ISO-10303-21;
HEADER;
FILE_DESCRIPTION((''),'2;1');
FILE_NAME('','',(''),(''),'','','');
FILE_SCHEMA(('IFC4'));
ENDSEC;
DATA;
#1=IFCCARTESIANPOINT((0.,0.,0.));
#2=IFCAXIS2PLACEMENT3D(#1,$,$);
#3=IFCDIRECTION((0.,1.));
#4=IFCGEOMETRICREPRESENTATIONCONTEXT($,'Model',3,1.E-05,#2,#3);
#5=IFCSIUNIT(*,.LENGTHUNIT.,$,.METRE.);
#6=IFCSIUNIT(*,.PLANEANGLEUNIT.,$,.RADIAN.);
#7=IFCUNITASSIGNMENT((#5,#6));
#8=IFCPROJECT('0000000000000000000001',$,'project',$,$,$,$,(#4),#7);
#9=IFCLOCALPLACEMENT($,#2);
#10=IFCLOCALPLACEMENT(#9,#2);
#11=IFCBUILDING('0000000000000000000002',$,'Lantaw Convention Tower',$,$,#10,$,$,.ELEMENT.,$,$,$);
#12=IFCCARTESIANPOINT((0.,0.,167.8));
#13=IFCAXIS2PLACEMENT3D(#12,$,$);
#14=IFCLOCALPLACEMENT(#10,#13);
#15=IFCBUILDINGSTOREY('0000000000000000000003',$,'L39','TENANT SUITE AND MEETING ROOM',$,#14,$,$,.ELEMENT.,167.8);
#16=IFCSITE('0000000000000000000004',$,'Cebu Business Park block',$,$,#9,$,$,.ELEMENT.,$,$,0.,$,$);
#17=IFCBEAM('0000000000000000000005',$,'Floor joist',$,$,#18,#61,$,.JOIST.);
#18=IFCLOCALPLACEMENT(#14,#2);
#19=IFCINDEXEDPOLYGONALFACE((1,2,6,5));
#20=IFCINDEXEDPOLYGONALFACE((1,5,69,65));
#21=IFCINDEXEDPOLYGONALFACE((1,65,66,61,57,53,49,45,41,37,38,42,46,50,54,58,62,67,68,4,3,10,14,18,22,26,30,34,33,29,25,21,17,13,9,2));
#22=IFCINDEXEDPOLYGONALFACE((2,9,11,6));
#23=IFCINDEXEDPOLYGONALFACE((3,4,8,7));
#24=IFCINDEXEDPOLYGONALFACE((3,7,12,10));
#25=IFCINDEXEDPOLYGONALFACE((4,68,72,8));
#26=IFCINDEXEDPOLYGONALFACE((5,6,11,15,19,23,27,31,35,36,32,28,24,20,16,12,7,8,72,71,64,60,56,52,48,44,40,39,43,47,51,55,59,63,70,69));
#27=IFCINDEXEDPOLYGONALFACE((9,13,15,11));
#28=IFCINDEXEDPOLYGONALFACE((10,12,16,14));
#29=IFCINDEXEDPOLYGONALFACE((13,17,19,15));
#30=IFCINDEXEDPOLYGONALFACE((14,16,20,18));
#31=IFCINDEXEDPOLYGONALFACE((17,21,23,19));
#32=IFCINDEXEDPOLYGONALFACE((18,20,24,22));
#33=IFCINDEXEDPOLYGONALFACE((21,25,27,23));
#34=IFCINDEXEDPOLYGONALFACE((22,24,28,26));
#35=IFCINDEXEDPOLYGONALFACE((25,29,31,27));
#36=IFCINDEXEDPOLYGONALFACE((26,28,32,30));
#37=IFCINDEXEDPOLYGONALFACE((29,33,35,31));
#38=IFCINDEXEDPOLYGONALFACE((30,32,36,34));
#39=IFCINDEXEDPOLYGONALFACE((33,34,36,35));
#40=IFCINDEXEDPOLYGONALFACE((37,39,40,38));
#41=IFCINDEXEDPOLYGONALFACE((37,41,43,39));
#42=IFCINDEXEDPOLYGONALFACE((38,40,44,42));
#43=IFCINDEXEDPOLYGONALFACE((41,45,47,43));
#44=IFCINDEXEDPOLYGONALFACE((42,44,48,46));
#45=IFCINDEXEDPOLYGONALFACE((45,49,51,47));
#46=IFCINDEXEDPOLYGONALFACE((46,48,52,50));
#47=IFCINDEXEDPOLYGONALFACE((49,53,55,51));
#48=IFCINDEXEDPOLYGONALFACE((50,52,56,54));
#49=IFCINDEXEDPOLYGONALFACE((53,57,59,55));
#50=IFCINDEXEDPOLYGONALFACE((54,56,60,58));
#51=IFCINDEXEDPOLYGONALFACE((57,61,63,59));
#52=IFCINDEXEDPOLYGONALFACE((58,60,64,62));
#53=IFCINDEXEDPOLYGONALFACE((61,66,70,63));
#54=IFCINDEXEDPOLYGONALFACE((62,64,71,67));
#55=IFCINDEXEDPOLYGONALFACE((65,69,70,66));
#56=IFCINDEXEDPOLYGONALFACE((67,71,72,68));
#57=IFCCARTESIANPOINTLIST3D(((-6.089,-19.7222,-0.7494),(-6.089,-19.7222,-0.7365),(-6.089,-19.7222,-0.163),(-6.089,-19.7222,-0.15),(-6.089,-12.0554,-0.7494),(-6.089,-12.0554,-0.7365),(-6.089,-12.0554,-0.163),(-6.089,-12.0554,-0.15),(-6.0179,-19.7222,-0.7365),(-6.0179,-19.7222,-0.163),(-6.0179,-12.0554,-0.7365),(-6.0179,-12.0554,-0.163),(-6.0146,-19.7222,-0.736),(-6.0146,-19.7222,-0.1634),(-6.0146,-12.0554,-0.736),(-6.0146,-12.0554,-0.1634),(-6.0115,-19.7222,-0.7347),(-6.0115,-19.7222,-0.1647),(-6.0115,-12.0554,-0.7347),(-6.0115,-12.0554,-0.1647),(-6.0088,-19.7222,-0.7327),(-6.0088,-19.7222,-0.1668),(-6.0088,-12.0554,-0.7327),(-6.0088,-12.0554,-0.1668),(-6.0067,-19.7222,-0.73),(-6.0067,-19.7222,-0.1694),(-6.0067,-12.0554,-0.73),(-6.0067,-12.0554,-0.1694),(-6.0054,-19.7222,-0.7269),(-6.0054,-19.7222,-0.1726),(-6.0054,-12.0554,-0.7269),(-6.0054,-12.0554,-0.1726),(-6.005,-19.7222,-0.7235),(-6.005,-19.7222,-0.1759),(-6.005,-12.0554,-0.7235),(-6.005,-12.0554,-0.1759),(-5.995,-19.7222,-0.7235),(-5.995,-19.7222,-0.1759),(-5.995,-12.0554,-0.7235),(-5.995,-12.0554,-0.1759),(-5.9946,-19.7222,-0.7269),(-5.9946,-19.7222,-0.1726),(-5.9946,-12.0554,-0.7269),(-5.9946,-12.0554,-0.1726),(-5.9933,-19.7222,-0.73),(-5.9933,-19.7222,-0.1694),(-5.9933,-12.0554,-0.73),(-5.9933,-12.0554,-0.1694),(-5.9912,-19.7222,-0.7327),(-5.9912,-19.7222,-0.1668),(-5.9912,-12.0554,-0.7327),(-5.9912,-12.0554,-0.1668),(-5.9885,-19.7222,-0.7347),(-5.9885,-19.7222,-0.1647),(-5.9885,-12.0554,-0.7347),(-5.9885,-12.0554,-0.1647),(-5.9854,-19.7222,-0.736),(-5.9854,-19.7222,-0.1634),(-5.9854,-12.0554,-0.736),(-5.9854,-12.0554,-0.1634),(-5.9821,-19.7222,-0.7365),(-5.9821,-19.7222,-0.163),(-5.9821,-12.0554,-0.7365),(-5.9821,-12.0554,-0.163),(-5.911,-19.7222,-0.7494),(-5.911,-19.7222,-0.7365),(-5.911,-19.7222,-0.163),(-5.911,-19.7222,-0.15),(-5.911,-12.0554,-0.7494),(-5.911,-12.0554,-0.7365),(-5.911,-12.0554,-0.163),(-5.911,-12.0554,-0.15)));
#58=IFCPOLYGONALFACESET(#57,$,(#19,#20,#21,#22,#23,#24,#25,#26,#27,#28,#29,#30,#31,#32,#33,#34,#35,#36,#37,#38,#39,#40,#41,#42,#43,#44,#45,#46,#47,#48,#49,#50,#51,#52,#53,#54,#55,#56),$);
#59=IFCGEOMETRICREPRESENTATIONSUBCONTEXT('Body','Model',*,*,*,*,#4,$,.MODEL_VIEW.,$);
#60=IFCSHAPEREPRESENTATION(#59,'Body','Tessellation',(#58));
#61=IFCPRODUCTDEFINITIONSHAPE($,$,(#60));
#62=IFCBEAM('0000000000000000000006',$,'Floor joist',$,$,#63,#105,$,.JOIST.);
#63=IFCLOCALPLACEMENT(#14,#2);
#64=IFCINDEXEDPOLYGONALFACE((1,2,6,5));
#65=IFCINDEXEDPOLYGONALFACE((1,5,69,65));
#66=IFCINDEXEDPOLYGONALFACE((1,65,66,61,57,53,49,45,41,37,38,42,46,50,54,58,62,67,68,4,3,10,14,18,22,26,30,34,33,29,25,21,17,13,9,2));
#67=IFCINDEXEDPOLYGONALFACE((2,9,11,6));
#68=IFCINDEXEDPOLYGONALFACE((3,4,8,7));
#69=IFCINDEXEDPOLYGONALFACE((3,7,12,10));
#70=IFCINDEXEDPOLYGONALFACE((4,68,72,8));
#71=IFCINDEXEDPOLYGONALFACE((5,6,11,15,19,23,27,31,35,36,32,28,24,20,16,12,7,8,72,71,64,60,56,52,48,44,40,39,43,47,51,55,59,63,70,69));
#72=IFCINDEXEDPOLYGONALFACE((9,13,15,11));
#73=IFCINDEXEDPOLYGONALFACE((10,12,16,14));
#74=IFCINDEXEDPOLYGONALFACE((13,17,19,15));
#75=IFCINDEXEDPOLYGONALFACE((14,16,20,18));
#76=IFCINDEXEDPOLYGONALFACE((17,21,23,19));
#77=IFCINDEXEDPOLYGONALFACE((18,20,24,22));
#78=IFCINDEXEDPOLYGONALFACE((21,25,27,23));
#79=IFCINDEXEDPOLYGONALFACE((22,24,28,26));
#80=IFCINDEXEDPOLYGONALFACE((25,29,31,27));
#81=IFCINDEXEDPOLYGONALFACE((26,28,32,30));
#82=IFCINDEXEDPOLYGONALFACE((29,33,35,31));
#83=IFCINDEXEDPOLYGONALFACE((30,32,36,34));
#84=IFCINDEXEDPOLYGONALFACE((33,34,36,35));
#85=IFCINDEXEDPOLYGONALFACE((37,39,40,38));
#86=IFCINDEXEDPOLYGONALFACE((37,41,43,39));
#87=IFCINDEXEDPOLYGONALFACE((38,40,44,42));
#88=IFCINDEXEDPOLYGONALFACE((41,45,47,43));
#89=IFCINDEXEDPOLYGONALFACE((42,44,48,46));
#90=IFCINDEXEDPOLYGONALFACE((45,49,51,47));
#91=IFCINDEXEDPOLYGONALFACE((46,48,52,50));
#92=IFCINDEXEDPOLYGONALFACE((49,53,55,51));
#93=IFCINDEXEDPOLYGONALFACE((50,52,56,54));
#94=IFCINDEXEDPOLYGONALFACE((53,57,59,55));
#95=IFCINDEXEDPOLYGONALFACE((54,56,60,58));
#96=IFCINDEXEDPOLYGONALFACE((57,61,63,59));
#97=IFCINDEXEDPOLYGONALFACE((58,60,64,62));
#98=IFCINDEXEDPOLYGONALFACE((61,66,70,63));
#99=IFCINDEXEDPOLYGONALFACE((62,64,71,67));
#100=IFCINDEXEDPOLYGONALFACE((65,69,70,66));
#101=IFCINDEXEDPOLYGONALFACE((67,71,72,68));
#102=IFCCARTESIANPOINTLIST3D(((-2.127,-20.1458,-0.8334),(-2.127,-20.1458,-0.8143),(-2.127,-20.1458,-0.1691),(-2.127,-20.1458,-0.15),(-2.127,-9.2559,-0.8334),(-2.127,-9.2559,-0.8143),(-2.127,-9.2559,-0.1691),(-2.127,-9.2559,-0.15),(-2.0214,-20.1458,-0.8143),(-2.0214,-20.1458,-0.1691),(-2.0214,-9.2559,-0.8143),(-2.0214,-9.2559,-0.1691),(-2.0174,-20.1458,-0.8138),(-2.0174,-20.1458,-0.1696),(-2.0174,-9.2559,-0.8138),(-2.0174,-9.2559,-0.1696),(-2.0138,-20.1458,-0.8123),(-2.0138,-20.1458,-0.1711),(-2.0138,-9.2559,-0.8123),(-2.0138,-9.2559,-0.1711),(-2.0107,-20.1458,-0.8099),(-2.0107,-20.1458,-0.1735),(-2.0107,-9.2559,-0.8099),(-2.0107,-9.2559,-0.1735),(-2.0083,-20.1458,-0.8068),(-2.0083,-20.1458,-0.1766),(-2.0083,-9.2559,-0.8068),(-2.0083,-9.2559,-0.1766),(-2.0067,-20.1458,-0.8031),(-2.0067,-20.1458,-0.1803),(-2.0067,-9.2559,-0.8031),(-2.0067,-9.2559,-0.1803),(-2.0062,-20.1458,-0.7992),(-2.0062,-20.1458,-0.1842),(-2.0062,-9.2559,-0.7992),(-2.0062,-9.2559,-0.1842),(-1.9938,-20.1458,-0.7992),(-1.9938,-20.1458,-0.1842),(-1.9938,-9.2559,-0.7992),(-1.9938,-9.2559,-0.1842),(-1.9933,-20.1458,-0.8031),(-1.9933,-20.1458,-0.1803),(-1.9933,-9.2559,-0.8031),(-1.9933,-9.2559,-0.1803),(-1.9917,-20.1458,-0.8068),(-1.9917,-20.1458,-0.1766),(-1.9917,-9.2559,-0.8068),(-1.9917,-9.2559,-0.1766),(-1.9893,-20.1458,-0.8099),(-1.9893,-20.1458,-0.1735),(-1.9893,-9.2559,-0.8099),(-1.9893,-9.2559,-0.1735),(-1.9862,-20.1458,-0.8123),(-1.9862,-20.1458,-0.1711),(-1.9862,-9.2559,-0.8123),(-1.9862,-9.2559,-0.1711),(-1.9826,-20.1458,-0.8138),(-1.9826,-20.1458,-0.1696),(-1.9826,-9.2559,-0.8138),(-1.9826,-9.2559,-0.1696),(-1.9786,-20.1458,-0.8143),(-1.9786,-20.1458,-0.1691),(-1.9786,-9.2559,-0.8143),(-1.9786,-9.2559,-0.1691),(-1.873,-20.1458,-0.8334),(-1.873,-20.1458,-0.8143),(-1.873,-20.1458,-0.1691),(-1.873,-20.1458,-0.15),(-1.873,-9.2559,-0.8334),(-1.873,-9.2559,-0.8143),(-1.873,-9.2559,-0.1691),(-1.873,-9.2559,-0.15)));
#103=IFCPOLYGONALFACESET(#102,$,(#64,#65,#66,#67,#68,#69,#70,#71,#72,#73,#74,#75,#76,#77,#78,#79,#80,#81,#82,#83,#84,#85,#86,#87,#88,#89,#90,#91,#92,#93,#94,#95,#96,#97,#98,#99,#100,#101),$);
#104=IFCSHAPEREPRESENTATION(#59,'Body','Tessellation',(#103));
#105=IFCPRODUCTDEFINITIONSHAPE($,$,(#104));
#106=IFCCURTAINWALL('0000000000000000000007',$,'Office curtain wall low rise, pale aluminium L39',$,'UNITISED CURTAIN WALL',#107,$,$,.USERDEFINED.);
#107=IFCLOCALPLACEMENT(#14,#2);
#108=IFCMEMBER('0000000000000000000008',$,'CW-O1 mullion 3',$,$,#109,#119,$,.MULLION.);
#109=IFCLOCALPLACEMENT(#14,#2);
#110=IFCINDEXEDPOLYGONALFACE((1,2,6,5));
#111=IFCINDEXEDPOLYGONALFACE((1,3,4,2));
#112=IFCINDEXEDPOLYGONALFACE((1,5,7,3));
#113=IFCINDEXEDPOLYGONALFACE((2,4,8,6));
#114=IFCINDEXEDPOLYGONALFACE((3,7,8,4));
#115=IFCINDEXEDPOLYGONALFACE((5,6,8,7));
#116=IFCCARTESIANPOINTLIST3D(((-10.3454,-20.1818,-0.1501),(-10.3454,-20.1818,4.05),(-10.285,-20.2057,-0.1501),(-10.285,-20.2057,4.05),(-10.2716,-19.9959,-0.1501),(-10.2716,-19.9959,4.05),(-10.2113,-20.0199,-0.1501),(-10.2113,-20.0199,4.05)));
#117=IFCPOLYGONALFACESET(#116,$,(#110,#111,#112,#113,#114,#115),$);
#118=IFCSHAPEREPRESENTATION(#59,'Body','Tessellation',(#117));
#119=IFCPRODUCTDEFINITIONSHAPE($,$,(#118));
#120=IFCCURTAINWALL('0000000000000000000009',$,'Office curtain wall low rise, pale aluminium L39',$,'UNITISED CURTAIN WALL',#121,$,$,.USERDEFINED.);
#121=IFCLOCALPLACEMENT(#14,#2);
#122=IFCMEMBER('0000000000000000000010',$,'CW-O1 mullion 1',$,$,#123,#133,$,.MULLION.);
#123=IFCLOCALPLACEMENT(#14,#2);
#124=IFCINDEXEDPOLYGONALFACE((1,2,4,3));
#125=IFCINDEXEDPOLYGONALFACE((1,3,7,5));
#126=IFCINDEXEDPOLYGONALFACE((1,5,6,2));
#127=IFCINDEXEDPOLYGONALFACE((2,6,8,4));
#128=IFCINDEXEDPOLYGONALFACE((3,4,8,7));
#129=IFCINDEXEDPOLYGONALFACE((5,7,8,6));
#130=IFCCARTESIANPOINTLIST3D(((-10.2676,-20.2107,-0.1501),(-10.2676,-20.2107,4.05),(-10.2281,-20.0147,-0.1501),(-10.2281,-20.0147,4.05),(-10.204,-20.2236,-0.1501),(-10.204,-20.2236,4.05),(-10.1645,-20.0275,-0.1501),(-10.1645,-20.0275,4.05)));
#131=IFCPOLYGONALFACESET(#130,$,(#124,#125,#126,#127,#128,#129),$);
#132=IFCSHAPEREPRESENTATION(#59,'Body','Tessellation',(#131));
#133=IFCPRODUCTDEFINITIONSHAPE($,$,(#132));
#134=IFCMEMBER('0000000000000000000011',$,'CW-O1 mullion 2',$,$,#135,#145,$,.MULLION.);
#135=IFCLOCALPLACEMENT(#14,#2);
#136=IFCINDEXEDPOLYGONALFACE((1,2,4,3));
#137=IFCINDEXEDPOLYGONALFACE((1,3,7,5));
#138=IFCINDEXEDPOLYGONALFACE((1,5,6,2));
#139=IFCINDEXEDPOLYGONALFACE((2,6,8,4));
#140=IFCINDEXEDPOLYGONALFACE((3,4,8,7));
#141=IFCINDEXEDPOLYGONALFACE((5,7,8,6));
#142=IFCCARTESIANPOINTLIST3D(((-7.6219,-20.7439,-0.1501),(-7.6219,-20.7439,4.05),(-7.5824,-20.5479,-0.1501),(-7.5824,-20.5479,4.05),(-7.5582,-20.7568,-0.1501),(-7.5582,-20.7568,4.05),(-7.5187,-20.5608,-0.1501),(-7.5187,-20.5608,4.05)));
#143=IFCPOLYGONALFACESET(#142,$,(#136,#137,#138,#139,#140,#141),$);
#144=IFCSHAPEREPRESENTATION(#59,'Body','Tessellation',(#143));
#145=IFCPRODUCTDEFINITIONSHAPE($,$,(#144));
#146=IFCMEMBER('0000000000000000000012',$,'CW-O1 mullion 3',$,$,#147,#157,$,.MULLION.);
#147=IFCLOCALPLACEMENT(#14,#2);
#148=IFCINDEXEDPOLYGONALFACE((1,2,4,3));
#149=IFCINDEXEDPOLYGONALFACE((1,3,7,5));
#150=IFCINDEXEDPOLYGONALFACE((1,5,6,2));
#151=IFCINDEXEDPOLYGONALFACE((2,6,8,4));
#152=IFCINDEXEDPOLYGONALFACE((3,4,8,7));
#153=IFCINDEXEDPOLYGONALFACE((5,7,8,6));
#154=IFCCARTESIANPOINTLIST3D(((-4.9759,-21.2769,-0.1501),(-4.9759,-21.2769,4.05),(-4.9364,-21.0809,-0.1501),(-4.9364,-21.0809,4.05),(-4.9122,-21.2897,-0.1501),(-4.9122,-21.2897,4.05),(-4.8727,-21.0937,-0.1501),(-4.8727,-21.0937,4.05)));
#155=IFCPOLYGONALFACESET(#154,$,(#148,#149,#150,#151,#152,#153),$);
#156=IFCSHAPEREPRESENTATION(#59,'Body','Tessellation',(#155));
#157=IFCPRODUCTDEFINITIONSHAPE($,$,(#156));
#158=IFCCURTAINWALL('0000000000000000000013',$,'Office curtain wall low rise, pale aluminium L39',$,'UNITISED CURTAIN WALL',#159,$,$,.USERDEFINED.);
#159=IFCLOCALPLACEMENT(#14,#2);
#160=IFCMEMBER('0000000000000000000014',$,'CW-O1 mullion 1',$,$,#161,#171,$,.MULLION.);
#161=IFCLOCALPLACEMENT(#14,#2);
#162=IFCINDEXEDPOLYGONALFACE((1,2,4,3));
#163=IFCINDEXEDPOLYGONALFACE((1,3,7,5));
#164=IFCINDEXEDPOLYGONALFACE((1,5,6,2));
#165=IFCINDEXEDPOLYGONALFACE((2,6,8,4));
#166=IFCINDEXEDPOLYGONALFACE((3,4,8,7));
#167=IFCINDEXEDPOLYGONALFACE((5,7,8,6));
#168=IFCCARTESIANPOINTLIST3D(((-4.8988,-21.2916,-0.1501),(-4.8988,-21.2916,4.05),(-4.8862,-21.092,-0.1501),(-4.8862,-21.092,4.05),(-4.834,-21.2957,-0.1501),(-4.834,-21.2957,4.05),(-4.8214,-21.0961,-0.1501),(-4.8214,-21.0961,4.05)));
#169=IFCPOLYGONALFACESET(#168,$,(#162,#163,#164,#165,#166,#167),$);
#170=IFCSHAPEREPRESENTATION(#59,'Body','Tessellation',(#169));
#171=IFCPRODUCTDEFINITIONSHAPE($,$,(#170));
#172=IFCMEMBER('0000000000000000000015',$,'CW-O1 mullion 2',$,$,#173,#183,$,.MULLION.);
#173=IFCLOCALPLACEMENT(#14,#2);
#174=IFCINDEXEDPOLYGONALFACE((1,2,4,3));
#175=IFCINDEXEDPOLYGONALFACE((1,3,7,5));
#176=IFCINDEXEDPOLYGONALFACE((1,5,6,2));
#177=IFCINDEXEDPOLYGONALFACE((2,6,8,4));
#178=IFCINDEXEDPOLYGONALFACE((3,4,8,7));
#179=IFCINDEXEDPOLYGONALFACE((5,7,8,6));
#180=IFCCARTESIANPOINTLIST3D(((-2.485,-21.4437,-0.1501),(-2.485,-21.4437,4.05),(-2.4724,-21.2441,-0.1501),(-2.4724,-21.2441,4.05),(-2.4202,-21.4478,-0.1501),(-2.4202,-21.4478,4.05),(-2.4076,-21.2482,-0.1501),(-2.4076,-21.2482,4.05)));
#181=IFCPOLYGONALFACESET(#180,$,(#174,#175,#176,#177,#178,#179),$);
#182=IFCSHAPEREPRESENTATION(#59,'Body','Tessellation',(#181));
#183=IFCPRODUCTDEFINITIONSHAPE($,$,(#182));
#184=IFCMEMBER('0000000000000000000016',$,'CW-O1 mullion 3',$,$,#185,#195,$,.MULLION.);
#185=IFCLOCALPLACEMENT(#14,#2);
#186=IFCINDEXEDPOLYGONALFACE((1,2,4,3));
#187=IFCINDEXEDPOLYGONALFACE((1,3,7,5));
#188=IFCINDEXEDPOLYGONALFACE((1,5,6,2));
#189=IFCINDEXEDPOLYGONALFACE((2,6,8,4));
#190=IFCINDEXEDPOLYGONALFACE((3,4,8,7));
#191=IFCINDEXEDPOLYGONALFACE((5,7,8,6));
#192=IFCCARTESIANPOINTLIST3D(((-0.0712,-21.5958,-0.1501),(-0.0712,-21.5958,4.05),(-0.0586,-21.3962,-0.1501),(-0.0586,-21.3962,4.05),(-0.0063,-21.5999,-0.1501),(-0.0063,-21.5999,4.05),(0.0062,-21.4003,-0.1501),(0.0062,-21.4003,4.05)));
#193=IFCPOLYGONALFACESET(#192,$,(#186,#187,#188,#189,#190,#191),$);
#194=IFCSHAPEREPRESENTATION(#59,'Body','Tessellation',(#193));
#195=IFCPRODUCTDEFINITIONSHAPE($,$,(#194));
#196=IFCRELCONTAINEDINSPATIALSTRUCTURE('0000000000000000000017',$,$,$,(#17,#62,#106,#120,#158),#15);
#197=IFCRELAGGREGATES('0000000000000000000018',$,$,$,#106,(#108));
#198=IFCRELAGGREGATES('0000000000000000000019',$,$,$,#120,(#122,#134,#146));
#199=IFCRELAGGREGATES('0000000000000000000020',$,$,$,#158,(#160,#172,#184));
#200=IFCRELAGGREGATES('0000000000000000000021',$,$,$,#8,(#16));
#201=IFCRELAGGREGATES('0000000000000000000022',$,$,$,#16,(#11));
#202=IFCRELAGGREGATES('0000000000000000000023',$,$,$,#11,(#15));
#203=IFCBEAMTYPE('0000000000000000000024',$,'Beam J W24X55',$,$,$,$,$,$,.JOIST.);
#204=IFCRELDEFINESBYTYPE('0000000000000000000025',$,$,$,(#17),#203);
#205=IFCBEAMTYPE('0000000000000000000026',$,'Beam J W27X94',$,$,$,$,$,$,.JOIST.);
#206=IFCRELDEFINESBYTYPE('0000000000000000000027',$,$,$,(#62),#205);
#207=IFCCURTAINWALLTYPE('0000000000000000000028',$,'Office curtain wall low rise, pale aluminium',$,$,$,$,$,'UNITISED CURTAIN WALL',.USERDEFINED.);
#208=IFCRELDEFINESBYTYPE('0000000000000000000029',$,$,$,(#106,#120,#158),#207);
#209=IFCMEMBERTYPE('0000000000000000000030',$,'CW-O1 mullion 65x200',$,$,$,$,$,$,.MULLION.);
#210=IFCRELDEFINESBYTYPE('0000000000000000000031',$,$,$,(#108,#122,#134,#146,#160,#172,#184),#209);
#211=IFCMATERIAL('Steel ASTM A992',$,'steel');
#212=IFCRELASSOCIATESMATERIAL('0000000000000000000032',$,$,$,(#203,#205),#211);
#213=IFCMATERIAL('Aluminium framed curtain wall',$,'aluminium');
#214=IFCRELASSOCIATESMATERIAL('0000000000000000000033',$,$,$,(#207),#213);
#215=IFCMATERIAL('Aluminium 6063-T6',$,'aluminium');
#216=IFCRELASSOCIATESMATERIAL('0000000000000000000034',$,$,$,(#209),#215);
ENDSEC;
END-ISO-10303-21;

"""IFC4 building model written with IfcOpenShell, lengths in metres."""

from ifc_helpers import new_model, si_unit, direction, frame, origin, origin_2d, place, context, subcontext, project, spatial, rectangle, i_section, extrude, material, material_profile, profile_set, type_object, element, aggregate, save


model = new_model("IFC4")

# Units and contexts
model_context = context("Model", 3, precision=1e-05, world=origin(), true_north=direction((0.0, 1.0)))
body_context = subcontext(model_context, "Body", "Model", "MODEL_VIEW")
ifc_project = project(units=[si_unit("LENGTHUNIT", "METRE"), si_unit("PLANEANGLEUNIT", "RADIAN")], contexts=[model_context])

# Site, building, storey
site_placement = place(None, origin())
site = spatial("IfcSite", under=ifc_project, at=site_placement, Name="Cebu Business Park block", CompositionType="ELEMENT", RefElevation=0.0)
building_placement = place(site_placement, origin())
building = spatial("IfcBuilding", under=site, at=building_placement, Name="Lantaw Convention Tower", CompositionType="ELEMENT")
storey_placement = place(building_placement, frame((0.0, 0.0, 167.8)))
storey = spatial("IfcBuildingStorey", under=building, at=storey_placement, Name="L39", Description="TENANT SUITE AND MEETING ROOM", CompositionType="ELEMENT", Elevation=167.8)

# Beams
ifc_material_1 = material(Name="Steel ASTM A992", Category="steel")
ifc_material_profile_1 = material_profile(ifc_material_1, i_section(OverallWidth=0.178, OverallDepth=0.5994, WebThickness=0.01, FlangeThickness=0.0129, FilletRadius=0.0129, at=origin_2d()), Name="W24X55")
ifc_profile_set_1 = profile_set([ifc_material_profile_1], Name="Steel ASTM A992")
beam_type_1 = type_object("IfcBeamType", Name="Beam J W24X55", PredefinedType="JOIST", material=ifc_profile_set_1)
beam_1_placement = place(storey_placement, frame((-6.0, -19.7222, -0.4497), z_axis=(0.0, 1.0, 0.0), x_axis=(-1.0, 0.0, 0.0)))
element("IfcBeam", 1, at=beam_1_placement, inside=storey, type_object=beam_type_1, Name="Floor joist", PredefinedType="JOIST", context=body_context, shape_type="SweptSolid", body=[
    extrude(i_section(OverallWidth=0.178, OverallDepth=0.5994, WebThickness=0.01, FlangeThickness=0.0129, FilletRadius=0.0129, at=origin_2d()), origin(), (0.0, 0.0, 1.0), 7.6667),
])
ifc_material_profile_2 = material_profile(ifc_material_1, i_section(OverallWidth=0.2539, OverallDepth=0.6833, WebThickness=0.0125, FlangeThickness=0.019, FilletRadius=0.0151, at=origin_2d()), Name="W27X94")
ifc_profile_set_2 = profile_set([ifc_material_profile_2], Name="Steel ASTM A992")
beam_type_2 = type_object("IfcBeamType", Name="Beam J W27X94", PredefinedType="JOIST", material=ifc_profile_set_2)
beam_2_placement = place(storey_placement, frame((-2.0, -20.1458, -0.4917), z_axis=(0.0, 1.0, 0.0), x_axis=(-1.0, 0.0, 0.0)))
element("IfcBeam", 2, at=beam_2_placement, inside=storey, type_object=beam_type_2, Name="Floor joist", PredefinedType="JOIST", context=body_context, shape_type="SweptSolid", body=[
    extrude(i_section(OverallWidth=0.2539, OverallDepth=0.6833, WebThickness=0.0125, FlangeThickness=0.019, FilletRadius=0.0151, at=origin_2d()), origin(), (0.0, 0.0, 1.0), 10.8899),
])

# Curtain wall, member
ifc_material_2 = material(Name="Aluminium framed curtain wall", Category="aluminium")
curtain_wall_type = type_object("IfcCurtainWallType", Name="Office curtain wall low rise, pale aluminium", ElementType="UNITISED CURTAIN WALL", PredefinedType="USERDEFINED", material=ifc_material_2)
curtain_wall_1_placement = place(storey_placement, origin())
curtain_wall_1 = element("IfcCurtainWall", 3, at=curtain_wall_1_placement, inside=storey, type_object=curtain_wall_type, Name="Office curtain wall low rise, pale aluminium L39", ObjectType="UNITISED CURTAIN WALL", PredefinedType="USERDEFINED")
ifc_material_3 = material(Name="Aluminium 6063-T6", Category="aluminium")
ifc_material_profile_3 = material_profile(ifc_material_3, rectangle(XDim=0.2, YDim=0.0649, at=origin_2d()), Name="CW-O1 mullion 65x200")
ifc_profile_set_3 = profile_set([ifc_material_profile_3], Name="Aluminium 6063-T6")
member_type_1 = type_object("IfcMemberType", Name="CW-O1 mullion 65x200", PredefinedType="MULLION", material=ifc_profile_set_3)
member_1_placement = place(storey_placement, frame((-10.2783, -20.1008, -0.1501), z_axis=(0.0, 0.0, 1.0), x_axis=(0.368702, 0.929548, 0.0)))
member_1 = element("IfcMember", 4, at=member_1_placement, type_object=member_type_1, Name="CW-O1 mullion 3", PredefinedType="MULLION", context=body_context, shape_type="SweptSolid", body=[
    extrude(rectangle(XDim=0.2, YDim=0.0649, at=origin_2d()), origin(), (0.0, 0.0, 1.0), 4.2002),
])

# Curtain walls, members
curtain_wall_2_placement = place(storey_placement, origin())
curtain_wall_2 = element("IfcCurtainWall", 5, at=curtain_wall_2_placement, inside=storey, type_object=curtain_wall_type, Name="Office curtain wall low rise, pale aluminium L39", ObjectType="UNITISED CURTAIN WALL", PredefinedType="USERDEFINED")
member_2_placement = place(storey_placement, frame((-10.2161, -20.1191, -0.1501), z_axis=(0.0, 0.0, 1.0), x_axis=(0.197507, 0.980302, 0.0)))
member_2 = element("IfcMember", 6, at=member_2_placement, type_object=member_type_1, Name="CW-O1 mullion 1", PredefinedType="MULLION", context=body_context, shape_type="SweptSolid", body=[
    extrude(rectangle(XDim=0.2, YDim=0.0649, at=origin_2d()), origin(), (0.0, 0.0, 1.0), 4.2002),
])
member_3_placement = place(storey_placement, frame((-7.5703, -20.6523, -0.1501), z_axis=(0.0, 0.0, 1.0), x_axis=(0.197507, 0.980302, 0.0)))
member_3 = element("IfcMember", 7, at=member_3_placement, type_object=member_type_1, Name="CW-O1 mullion 2", PredefinedType="MULLION", context=body_context, shape_type="SweptSolid", body=[
    extrude(rectangle(XDim=0.2, YDim=0.0649, at=origin_2d()), origin(), (0.0, 0.0, 1.0), 4.2002),
])
member_4_placement = place(storey_placement, frame((-4.9243, -21.1853, -0.1501), z_axis=(0.0, 0.0, 1.0), x_axis=(0.197507, 0.980302, 0.0)))
member_4 = element("IfcMember", 8, at=member_4_placement, type_object=member_type_1, Name="CW-O1 mullion 3", PredefinedType="MULLION", context=body_context, shape_type="SweptSolid", body=[
    extrude(rectangle(XDim=0.2, YDim=0.0649, at=origin_2d()), origin(), (0.0, 0.0, 1.0), 4.2002),
])
curtain_wall_3_placement = place(storey_placement, origin())
curtain_wall_3 = element("IfcCurtainWall", 9, at=curtain_wall_3_placement, inside=storey, type_object=curtain_wall_type, Name="Office curtain wall low rise, pale aluminium L39", ObjectType="UNITISED CURTAIN WALL", PredefinedType="USERDEFINED")
member_5_placement = place(storey_placement, frame((-4.8601, -21.1938, -0.1501), z_axis=(0.0, 0.0, 1.0), x_axis=(0.062865, 0.998022, 0.0)))
member_5 = element("IfcMember", 10, at=member_5_placement, type_object=member_type_1, Name="CW-O1 mullion 1", PredefinedType="MULLION", context=body_context, shape_type="SweptSolid", body=[
    extrude(rectangle(XDim=0.2, YDim=0.0649, at=origin_2d()), origin(), (0.0, 0.0, 1.0), 4.2002),
])
member_6_placement = place(storey_placement, frame((-2.4463, -21.3459, -0.1501), z_axis=(0.0, 0.0, 1.0), x_axis=(0.062865, 0.998022, 0.0)))
member_6 = element("IfcMember", 11, at=member_6_placement, type_object=member_type_1, Name="CW-O1 mullion 2", PredefinedType="MULLION", context=body_context, shape_type="SweptSolid", body=[
    extrude(rectangle(XDim=0.2, YDim=0.0649, at=origin_2d()), origin(), (0.0, 0.0, 1.0), 4.2002),
])
member_7_placement = place(storey_placement, frame((-0.0325, -21.498, -0.1501), z_axis=(0.0, 0.0, 1.0), x_axis=(0.062865, 0.998022, 0.0)))
member_7 = element("IfcMember", 12, at=member_7_placement, type_object=member_type_1, Name="CW-O1 mullion 3", PredefinedType="MULLION", context=body_context, shape_type="SweptSolid", body=[
    extrude(rectangle(XDim=0.2, YDim=0.0649, at=origin_2d()), origin(), (0.0, 0.0, 1.0), 4.2002),
])

aggregate(curtain_wall_1, [member_1])
aggregate(curtain_wall_2, [member_2, member_3, member_4])
aggregate(curtain_wall_3, [member_5, member_6, member_7])

save(model, "model.ifc")
